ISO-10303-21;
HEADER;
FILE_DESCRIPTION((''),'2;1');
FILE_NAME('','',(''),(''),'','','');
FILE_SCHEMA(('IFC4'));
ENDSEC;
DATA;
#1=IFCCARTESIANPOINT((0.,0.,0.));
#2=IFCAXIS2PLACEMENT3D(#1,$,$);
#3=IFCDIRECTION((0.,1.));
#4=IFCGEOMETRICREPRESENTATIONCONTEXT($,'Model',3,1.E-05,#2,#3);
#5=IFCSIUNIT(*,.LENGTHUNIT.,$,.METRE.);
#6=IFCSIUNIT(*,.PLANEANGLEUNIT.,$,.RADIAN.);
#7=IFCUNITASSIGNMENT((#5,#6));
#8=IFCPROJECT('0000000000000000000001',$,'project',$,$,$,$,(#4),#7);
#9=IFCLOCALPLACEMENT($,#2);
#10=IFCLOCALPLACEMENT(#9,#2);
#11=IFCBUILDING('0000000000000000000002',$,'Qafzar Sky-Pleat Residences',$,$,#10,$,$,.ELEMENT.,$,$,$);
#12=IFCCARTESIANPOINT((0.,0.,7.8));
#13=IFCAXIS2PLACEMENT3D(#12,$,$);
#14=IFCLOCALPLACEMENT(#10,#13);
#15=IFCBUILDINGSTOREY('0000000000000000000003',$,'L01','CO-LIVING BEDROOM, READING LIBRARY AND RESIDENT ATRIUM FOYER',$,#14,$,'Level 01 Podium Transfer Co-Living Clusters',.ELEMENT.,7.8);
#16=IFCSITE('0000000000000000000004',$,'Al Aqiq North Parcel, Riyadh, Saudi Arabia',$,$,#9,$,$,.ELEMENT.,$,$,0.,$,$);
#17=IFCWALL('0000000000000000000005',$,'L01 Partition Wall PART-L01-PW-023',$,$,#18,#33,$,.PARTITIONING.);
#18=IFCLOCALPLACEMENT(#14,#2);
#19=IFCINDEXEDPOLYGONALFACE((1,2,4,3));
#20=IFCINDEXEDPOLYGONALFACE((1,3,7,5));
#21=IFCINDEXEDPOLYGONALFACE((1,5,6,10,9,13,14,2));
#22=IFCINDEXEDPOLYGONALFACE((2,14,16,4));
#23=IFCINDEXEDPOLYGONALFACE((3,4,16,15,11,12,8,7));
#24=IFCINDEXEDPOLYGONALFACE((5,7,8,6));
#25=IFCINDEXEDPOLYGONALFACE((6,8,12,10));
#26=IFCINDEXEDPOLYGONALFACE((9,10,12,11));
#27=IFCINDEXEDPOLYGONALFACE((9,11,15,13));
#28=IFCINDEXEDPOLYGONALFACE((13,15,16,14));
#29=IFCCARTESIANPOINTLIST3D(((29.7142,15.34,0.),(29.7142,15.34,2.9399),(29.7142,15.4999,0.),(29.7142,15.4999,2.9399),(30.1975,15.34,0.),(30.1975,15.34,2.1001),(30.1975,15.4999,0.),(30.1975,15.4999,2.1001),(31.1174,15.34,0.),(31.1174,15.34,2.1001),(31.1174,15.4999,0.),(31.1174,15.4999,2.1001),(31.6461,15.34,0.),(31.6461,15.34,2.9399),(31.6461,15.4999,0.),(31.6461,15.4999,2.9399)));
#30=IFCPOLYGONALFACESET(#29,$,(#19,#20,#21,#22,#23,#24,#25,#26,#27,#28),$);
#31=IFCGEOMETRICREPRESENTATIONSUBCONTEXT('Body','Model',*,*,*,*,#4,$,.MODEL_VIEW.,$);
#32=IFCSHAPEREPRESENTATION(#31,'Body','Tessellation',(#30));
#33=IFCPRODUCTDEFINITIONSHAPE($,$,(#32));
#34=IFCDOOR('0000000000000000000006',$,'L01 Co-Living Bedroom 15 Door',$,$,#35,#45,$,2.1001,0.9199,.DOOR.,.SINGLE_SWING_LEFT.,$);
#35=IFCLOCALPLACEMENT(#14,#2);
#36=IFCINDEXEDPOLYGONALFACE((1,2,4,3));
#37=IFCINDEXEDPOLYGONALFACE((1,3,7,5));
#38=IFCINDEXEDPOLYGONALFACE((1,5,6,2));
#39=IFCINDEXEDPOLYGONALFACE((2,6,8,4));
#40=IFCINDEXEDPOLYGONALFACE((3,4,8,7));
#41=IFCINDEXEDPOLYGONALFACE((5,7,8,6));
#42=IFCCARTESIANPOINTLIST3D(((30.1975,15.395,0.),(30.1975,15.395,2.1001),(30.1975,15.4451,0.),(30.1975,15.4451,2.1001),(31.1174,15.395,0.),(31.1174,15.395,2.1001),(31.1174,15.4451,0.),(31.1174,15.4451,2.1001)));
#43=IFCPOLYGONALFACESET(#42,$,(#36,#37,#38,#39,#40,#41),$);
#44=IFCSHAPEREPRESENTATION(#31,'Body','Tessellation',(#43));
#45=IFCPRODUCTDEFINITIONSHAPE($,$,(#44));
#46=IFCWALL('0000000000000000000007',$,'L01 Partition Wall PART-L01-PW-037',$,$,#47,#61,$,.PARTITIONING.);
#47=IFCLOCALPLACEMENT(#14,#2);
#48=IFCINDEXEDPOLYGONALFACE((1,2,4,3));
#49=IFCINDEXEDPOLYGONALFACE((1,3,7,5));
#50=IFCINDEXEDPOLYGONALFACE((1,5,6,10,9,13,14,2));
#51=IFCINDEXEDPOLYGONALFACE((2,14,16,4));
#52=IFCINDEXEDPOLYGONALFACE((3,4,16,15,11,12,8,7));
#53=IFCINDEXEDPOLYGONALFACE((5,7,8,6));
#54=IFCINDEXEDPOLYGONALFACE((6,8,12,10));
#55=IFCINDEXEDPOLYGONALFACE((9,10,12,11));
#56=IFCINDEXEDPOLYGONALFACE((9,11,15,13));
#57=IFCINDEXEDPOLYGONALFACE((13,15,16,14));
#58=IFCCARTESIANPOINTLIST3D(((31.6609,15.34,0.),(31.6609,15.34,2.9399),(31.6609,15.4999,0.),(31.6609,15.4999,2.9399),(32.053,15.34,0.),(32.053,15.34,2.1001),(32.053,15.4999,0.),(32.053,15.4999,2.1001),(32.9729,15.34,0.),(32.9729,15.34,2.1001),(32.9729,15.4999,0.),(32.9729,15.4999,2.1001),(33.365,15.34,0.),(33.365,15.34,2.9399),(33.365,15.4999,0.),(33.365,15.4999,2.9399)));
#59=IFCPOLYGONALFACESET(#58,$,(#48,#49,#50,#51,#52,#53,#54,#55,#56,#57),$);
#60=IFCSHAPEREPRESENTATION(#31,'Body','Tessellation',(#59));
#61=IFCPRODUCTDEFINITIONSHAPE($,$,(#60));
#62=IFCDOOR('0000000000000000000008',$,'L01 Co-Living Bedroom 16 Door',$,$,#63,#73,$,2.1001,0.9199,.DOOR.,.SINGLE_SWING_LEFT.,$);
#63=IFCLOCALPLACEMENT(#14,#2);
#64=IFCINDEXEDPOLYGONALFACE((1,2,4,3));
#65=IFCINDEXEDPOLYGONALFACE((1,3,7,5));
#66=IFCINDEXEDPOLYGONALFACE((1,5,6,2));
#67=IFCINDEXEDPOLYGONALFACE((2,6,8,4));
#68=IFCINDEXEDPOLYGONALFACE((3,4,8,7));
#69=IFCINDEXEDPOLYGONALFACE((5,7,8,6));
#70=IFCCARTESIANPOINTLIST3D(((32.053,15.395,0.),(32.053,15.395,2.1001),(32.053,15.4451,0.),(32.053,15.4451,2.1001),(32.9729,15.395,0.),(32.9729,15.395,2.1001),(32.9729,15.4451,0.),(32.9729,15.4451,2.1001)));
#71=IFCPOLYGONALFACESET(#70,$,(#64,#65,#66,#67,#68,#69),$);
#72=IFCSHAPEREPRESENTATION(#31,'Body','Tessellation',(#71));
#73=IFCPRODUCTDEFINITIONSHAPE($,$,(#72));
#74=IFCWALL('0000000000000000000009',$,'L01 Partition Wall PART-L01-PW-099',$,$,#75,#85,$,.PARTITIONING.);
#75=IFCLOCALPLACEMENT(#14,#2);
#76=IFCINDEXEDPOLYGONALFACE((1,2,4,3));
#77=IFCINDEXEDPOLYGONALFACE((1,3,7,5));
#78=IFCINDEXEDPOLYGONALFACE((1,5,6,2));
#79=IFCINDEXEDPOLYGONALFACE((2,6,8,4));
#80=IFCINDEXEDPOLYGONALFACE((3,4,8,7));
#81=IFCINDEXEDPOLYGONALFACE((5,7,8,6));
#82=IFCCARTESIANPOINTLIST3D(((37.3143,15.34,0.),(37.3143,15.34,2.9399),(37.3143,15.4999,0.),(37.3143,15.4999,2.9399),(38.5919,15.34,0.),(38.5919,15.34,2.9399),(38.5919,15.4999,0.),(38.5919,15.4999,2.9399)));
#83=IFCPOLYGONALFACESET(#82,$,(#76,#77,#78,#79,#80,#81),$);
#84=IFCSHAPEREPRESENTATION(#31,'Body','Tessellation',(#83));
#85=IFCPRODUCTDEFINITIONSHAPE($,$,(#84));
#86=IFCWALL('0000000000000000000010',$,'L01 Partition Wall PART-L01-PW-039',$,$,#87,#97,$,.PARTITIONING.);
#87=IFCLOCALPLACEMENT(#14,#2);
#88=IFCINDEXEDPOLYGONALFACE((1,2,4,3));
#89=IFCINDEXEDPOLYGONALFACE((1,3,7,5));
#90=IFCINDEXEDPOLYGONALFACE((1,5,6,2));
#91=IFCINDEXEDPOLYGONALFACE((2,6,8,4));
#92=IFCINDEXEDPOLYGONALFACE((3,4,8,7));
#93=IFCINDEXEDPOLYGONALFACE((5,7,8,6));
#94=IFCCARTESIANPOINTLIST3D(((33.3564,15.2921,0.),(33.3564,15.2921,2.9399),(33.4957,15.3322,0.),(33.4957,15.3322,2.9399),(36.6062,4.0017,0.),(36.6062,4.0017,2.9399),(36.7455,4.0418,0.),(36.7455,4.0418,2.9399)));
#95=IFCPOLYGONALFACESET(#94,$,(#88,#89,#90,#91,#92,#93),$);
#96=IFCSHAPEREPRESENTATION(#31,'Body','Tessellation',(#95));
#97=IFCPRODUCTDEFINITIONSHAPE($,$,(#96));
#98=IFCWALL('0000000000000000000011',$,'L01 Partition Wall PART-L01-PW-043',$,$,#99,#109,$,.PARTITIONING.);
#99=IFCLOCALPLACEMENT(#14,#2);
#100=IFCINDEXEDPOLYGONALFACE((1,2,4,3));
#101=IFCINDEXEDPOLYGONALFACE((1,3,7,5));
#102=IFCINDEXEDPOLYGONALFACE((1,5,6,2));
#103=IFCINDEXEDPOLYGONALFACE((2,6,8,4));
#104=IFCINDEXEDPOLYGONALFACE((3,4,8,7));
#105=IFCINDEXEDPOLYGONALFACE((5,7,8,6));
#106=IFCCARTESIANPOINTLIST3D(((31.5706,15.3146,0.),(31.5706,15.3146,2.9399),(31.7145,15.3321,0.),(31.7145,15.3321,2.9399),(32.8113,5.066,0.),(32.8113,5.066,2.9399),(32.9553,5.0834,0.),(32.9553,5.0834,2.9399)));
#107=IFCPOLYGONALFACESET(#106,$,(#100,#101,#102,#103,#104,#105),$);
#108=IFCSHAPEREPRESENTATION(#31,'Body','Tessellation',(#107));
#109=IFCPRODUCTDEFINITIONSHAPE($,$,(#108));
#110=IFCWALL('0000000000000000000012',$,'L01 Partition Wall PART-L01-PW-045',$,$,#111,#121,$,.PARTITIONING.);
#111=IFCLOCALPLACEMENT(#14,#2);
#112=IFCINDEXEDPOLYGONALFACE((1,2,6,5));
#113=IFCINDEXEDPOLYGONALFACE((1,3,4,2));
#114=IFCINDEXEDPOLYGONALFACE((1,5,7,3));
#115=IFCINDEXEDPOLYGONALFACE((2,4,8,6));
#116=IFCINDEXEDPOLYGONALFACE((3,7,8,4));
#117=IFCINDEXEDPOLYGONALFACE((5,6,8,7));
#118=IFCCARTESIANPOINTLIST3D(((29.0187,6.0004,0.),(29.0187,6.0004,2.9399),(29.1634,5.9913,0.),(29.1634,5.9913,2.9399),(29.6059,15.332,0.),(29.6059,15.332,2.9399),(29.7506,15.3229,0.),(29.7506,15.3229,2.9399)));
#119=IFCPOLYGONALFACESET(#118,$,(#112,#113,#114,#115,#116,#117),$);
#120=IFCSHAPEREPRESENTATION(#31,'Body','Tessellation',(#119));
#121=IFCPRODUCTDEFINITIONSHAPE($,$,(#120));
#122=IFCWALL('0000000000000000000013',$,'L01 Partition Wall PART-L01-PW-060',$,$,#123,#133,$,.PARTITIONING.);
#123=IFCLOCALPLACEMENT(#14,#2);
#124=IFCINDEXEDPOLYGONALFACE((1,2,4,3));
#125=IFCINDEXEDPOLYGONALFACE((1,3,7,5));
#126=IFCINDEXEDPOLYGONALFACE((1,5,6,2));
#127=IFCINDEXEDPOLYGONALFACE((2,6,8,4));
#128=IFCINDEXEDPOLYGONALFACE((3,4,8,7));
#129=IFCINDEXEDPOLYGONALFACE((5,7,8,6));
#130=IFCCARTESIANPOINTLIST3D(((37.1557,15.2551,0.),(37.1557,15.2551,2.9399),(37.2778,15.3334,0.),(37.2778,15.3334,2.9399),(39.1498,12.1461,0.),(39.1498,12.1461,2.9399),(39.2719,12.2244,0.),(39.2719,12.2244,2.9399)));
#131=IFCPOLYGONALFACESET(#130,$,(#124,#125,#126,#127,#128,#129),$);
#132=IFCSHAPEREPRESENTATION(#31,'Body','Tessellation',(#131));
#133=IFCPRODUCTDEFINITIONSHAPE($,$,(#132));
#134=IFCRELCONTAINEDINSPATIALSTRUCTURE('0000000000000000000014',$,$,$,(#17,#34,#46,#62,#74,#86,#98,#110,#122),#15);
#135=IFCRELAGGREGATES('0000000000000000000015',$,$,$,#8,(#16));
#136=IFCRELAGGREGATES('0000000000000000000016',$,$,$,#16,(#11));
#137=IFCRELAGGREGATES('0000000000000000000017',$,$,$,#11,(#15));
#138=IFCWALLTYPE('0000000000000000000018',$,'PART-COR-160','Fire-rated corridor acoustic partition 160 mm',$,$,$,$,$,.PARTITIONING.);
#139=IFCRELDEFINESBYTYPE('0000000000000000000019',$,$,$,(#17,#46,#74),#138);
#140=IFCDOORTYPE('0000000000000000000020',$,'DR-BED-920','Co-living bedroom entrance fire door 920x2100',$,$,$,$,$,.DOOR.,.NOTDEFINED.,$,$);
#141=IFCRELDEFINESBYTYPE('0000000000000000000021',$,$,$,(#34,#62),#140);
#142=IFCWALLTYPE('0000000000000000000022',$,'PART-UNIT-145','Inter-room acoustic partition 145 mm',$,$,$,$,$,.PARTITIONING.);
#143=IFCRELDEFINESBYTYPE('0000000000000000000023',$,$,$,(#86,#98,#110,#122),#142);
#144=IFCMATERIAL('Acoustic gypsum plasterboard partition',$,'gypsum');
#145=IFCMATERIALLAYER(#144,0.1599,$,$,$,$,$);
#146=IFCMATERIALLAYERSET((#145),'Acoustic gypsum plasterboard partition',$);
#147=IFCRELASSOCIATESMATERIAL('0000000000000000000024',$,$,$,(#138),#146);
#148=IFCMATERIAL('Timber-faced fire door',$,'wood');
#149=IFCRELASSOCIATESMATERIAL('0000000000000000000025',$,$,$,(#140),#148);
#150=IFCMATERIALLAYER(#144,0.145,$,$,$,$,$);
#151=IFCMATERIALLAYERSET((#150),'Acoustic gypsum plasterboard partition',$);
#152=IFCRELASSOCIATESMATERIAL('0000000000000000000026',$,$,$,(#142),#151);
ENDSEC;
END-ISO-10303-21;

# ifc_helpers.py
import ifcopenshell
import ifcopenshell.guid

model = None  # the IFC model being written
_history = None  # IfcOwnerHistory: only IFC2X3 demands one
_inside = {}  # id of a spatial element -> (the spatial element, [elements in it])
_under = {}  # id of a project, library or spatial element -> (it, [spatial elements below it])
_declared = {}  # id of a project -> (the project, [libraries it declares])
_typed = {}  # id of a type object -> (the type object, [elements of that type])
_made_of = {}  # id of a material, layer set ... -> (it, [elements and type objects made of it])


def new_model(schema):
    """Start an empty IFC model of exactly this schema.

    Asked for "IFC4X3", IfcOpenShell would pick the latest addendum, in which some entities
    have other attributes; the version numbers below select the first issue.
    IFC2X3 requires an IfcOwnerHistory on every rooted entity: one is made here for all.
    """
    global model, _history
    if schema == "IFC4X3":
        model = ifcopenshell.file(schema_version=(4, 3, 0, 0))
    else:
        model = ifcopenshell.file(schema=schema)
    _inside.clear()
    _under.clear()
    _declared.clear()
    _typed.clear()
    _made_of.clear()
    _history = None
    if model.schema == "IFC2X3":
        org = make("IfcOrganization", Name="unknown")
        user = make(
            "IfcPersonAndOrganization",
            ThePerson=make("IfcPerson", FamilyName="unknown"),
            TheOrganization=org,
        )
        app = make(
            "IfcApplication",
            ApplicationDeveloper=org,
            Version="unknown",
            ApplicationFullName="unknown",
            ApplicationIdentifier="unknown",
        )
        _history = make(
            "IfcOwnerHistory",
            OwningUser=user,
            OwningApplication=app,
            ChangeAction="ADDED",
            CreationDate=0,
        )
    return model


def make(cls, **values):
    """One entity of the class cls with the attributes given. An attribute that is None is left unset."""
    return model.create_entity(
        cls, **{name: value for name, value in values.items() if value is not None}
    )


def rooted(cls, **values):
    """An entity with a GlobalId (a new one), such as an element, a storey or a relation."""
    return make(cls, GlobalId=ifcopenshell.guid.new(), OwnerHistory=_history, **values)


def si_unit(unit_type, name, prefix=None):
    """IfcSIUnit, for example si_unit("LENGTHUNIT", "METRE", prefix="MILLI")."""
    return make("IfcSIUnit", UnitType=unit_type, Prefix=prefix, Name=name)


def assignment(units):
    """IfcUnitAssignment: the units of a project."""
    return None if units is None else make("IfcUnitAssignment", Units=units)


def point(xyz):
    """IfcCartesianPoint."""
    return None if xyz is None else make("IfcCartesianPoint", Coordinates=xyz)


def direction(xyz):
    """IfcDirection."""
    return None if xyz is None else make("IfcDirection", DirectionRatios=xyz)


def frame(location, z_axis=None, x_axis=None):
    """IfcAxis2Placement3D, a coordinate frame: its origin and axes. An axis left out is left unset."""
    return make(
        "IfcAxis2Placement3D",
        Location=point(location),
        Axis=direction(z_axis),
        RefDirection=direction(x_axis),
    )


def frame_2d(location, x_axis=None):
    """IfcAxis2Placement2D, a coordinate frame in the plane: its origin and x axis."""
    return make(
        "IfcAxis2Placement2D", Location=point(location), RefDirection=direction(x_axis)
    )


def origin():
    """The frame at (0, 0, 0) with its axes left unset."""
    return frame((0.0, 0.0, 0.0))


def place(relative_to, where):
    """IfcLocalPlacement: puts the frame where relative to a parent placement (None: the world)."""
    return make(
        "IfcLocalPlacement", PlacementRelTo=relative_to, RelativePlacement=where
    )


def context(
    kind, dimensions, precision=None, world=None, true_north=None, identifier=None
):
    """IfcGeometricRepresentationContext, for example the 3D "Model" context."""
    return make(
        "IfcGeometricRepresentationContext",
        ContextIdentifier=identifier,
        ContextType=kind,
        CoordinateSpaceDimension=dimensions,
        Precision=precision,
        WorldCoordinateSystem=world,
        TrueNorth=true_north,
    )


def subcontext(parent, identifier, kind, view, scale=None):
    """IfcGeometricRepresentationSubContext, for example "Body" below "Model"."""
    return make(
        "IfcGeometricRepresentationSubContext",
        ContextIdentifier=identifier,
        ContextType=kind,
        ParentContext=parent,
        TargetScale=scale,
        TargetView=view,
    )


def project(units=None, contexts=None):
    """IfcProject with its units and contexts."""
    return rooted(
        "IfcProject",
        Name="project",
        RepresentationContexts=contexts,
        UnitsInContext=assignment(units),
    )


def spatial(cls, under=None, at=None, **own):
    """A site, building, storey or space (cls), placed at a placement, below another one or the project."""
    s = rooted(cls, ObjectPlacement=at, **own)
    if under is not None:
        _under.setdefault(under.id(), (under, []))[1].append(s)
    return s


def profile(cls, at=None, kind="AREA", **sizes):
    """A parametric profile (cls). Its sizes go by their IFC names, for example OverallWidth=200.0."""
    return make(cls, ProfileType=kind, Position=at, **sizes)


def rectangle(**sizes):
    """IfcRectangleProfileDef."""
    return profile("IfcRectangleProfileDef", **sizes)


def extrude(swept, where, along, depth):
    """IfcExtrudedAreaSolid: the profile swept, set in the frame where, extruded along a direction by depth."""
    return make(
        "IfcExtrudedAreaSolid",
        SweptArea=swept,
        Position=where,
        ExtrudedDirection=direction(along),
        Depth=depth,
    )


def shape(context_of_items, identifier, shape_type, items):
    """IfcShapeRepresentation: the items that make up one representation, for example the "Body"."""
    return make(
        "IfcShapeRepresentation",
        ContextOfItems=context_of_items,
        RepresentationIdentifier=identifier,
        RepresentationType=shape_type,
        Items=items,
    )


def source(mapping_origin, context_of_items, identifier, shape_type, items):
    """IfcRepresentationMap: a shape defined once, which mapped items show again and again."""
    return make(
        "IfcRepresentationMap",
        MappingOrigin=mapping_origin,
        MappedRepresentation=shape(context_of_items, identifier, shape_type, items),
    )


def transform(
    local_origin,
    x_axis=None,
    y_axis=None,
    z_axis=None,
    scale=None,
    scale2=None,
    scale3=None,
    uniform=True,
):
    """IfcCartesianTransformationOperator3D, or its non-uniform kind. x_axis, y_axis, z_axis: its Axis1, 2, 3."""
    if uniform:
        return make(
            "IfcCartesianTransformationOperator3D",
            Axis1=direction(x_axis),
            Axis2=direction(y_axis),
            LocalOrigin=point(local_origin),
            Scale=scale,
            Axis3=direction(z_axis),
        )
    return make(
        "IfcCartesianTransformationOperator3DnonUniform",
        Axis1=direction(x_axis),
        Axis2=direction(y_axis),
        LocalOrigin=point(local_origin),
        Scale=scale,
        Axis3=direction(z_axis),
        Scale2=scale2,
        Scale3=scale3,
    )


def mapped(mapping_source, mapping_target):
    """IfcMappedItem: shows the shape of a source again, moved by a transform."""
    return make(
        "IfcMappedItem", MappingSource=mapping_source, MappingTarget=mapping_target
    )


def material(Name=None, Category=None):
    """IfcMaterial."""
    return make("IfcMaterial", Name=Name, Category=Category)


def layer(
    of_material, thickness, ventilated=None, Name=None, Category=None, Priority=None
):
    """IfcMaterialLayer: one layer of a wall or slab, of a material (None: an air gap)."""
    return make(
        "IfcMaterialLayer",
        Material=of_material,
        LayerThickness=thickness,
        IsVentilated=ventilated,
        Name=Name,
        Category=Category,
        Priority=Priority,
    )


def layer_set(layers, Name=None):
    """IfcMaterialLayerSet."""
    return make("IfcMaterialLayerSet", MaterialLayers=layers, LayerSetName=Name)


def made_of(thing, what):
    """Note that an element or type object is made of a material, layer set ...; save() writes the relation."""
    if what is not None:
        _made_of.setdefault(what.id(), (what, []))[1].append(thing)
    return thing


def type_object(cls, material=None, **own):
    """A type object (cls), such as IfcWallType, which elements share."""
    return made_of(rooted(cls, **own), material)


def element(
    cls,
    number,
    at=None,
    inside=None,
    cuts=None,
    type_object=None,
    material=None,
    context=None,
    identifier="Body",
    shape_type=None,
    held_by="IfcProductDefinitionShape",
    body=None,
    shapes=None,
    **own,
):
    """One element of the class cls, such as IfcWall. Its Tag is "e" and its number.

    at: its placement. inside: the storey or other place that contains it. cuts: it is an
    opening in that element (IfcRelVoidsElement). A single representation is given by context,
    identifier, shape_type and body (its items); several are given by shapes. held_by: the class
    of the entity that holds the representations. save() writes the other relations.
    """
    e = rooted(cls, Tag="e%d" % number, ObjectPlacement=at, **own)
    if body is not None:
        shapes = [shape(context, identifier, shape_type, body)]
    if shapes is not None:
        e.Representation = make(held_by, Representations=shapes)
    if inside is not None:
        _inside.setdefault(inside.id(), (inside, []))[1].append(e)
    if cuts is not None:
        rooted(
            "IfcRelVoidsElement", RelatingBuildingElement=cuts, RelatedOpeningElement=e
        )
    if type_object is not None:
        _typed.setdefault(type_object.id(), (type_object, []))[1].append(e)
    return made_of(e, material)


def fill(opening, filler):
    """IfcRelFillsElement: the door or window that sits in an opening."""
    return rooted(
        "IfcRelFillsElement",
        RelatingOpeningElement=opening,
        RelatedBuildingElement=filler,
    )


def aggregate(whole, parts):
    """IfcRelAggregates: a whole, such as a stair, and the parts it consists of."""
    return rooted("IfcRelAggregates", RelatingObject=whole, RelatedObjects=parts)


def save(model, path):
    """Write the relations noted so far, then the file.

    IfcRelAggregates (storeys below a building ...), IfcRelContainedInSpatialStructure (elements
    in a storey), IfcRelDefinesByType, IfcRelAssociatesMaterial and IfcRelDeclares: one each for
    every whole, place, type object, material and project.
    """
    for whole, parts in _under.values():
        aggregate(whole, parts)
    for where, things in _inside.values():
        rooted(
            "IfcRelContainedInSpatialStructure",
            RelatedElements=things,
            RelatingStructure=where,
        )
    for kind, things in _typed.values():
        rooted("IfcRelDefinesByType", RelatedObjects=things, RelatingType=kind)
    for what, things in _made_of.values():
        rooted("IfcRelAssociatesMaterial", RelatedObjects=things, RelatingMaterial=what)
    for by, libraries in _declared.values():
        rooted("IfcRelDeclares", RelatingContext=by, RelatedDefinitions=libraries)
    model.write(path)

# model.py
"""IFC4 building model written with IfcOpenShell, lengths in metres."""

from ifc_helpers import new_model, si_unit, direction, frame, frame_2d, origin, place, context, subcontext, project, spatial, rectangle, extrude, source, transform, mapped, material, layer, layer_set, type_object, element, fill, save


model = new_model("IFC4")

# Units and contexts
model_context = context("Model", 3, precision=1e-05, world=origin(), true_north=direction((0.0, 1.0)))
body_context = subcontext(model_context, "Body", "Model", "MODEL_VIEW")
ifc_project = project(units=[si_unit("LENGTHUNIT", "METRE"), si_unit("PLANEANGLEUNIT", "RADIAN")], contexts=[model_context])

# Site, building, storey
site_placement = place(None, origin())
site = spatial("IfcSite", under=ifc_project, at=site_placement, Name="Al Aqiq North Parcel, Riyadh, Saudi Arabia", CompositionType="ELEMENT", RefElevation=0.0)
building_placement = place(site_placement, origin())
building = spatial("IfcBuilding", under=site, at=building_placement, Name="Qafzar Sky-Pleat Residences", CompositionType="ELEMENT")
storey_placement = place(building_placement, frame((0.0, 0.0, 7.8)))
storey = spatial("IfcBuildingStorey", under=building, at=storey_placement, Name="L01", Description="CO-LIVING BEDROOM, READING LIBRARY AND RESIDENT ATRIUM FOYER", LongName="Level 01 Podium Transfer Co-Living Clusters", CompositionType="ELEMENT", Elevation=7.8)

# Walls, openings, doors
ifc_material_1 = material(Name="Acoustic gypsum plasterboard partition", Category="gypsum")
ifc_layer_1 = layer(ifc_material_1, 0.1599)
ifc_layer_set_1 = layer_set([ifc_layer_1], Name="Acoustic gypsum plasterboard partition")
wall_type_1 = type_object("IfcWallType", Name="PART-COR-160", Description="Fire-rated corridor acoustic partition 160 mm", PredefinedType="PARTITIONING", material=ifc_layer_set_1)
ifc_material_2 = material(Name="Timber-faced fire door", Category="wood")
door_type_1 = type_object("IfcDoorType", Name="DR-BED-920", Description="Co-living bedroom entrance fire door 920x2100", OperationType="NOTDEFINED", PredefinedType="DOOR", material=ifc_material_2)
shared_shape_1 = source(origin(), body_context, "Body", "SweptSolid", [
    extrude(rectangle(XDim=0.9199, YDim=2.1001, at=frame_2d((0.46, 1.05))), frame((0.0, 0.0249, 0.0), z_axis=(0.0, -1.0, 0.0), x_axis=(1.0, 0.0, 0.0)), (0.0, 0.0, 1.0), 0.05),
])
wall_1_placement = place(storey_placement, frame((31.646, 15.4199, 0.0), z_axis=(0.0, 0.0, 1.0), x_axis=(-1.0, 0.0, 0.0)))
wall_1 = element("IfcWall", 1, at=wall_1_placement, inside=storey, type_object=wall_type_1, Name="L01 Partition Wall PART-L01-PW-023", PredefinedType="PARTITIONING", context=body_context, shape_type="SweptSolid", body=[
    extrude(rectangle(XDim=1.9319, YDim=0.1599, at=frame_2d((0.9658, 0.0))), origin(), (0.0, 0.0, 1.0), 2.9399),
])
opening_1_placement = place(wall_1_placement, frame((0.5286, 0.0, 0.0)))
opening_1 = element("IfcOpeningElement", 2, at=opening_1_placement, cuts=wall_1, PredefinedType="OPENING", context=body_context, shape_type="SweptSolid", body=[
    extrude(rectangle(XDim=0.9199, YDim=2.1001, at=frame_2d((0.46, 1.05))), frame((0.0, 0.0898, 0.0), z_axis=(0.0, -1.0, 0.0), x_axis=(1.0, 0.0, 0.0)), (0.0, 0.0, 1.0), 0.1799),
])
door_1_placement = place(opening_1_placement, origin())
door_1 = element("IfcDoor", 3, at=door_1_placement, inside=storey, type_object=door_type_1, Name="L01 Co-Living Bedroom 15 Door", OperationType="SINGLE_SWING_LEFT", OverallHeight=2.1001, OverallWidth=0.9199, PredefinedType="DOOR", context=body_context, shape_type="MappedRepresentation", body=[
    mapped(shared_shape_1, transform((0.0, 0.0, 0.0), x_axis=(1.0, 0.0, 0.0), y_axis=(0.0, 1.0, 0.0), z_axis=(0.0, 0.0, 1.0), scale=1.0)),
])
fill(opening_1, door_1)
wall_2_placement = place(storey_placement, frame((33.365, 15.4199, 0.0), z_axis=(0.0, 0.0, 1.0), x_axis=(-1.0, 0.0, 0.0)))
wall_2 = element("IfcWall", 4, at=wall_2_placement, inside=storey, type_object=wall_type_1, Name="L01 Partition Wall PART-L01-PW-037", PredefinedType="PARTITIONING", context=body_context, shape_type="SweptSolid", body=[
    extrude(rectangle(XDim=1.7041, YDim=0.1599, at=frame_2d((0.8521, 0.0))), origin(), (0.0, 0.0, 1.0), 2.9399),
])
opening_2_placement = place(wall_2_placement, frame((0.3921, 0.0, 0.0)))
opening_2 = element("IfcOpeningElement", 5, at=opening_2_placement, cuts=wall_2, PredefinedType="OPENING", context=body_context, shape_type="SweptSolid", body=[
    extrude(rectangle(XDim=0.9199, YDim=2.1001, at=frame_2d((0.46, 1.05))), frame((0.0, 0.0898, 0.0), z_axis=(0.0, -1.0, 0.0), x_axis=(1.0, 0.0, 0.0)), (0.0, 0.0, 1.0), 0.1799),
])
door_2_placement = place(opening_2_placement, origin())
door_2 = element("IfcDoor", 6, at=door_2_placement, inside=storey, type_object=door_type_1, Name="L01 Co-Living Bedroom 16 Door", OperationType="SINGLE_SWING_LEFT", OverallHeight=2.1001, OverallWidth=0.9199, PredefinedType="DOOR", context=body_context, shape_type="MappedRepresentation", body=[
    mapped(shared_shape_1, transform((0.0, 0.0, 0.0), x_axis=(1.0, 0.0, 0.0), y_axis=(0.0, 1.0, 0.0), z_axis=(0.0, 0.0, 1.0), scale=1.0)),
])
fill(opening_2, door_2)

# Walls
wall_3_placement = place(storey_placement, frame((37.3145, 15.4199, 0.0), z_axis=(0.0, 0.0, 1.0), x_axis=(1.0, 0.0, 0.0)))
element("IfcWall", 7, at=wall_3_placement, inside=storey, type_object=wall_type_1, Name="L01 Partition Wall PART-L01-PW-099", PredefinedType="PARTITIONING", context=body_context, shape_type="SweptSolid", body=[
    extrude(rectangle(XDim=1.2776, YDim=0.1599, at=frame_2d((0.6387, 0.0))), origin(), (0.0, 0.0, 1.0), 2.9399),
])
ifc_layer_2 = layer(ifc_material_1, 0.145)
ifc_layer_set_2 = layer_set([ifc_layer_2], Name="Acoustic gypsum plasterboard partition")
wall_type_2 = type_object("IfcWallType", Name="PART-UNIT-145", Description="Inter-room acoustic partition 145 mm", PredefinedType="PARTITIONING", material=ifc_layer_set_2)
wall_4_placement = place(storey_placement, frame((33.426, 15.3123, 0.0), z_axis=(0.0, 0.0, 1.0), x_axis=(0.276606, -0.960983, 0.0)))
element("IfcWall", 8, at=wall_4_placement, inside=storey, type_object=wall_type_2, Name="L01 Partition Wall PART-L01-PW-039", PredefinedType="PARTITIONING", context=body_context, shape_type="SweptSolid", body=[
    extrude(rectangle(XDim=11.7488, YDim=0.145, at=frame_2d((5.8745, 0.0))), origin(), (0.0, 0.0, 1.0), 2.9399),
])
wall_5_placement = place(storey_placement, frame((31.6426, 15.3232, 0.0), z_axis=(0.0, 0.0, 1.0), x_axis=(0.120186, -0.992751, 0.0)))
element("IfcWall", 9, at=wall_5_placement, inside=storey, type_object=wall_type_2, Name="L01 Partition Wall PART-L01-PW-043", PredefinedType="PARTITIONING", context=body_context, shape_type="SweptSolid", body=[
    extrude(rectangle(XDim=10.3235, YDim=0.145, at=frame_2d((5.1616, 0.0))), origin(), (0.0, 0.0, 1.0), 2.9399),
])
wall_6_placement = place(storey_placement, frame((29.0911, 5.9958, 0.0), z_axis=(0.0, 0.0, 1.0), x_axis=(0.062798, 0.998026, 0.0)))
element("IfcWall", 10, at=wall_6_placement, inside=storey, type_object=wall_type_2, Name="L01 Partition Wall PART-L01-PW-045", PredefinedType="PARTITIONING", context=body_context, shape_type="SweptSolid", body=[
    extrude(rectangle(XDim=9.3501, YDim=0.145, at=frame_2d((4.675, 0.0))), origin(), (0.0, 0.0, 1.0), 2.9399),
])
wall_7_placement = place(storey_placement, frame((37.2168, 15.2942, 0.0), z_axis=(0.0, 0.0, 1.0), x_axis=(0.539879, -0.841743, 0.0)))
element("IfcWall", 11, at=wall_7_placement, inside=storey, type_object=wall_type_2, Name="L01 Partition Wall PART-L01-PW-060", PredefinedType="PARTITIONING", context=body_context, shape_type="SweptSolid", body=[
    extrude(rectangle(XDim=3.6936, YDim=0.145, at=frame_2d((1.8467, 0.0))), origin(), (0.0, 0.0, 1.0), 2.9399),
])

save(model, "model.ifc")
